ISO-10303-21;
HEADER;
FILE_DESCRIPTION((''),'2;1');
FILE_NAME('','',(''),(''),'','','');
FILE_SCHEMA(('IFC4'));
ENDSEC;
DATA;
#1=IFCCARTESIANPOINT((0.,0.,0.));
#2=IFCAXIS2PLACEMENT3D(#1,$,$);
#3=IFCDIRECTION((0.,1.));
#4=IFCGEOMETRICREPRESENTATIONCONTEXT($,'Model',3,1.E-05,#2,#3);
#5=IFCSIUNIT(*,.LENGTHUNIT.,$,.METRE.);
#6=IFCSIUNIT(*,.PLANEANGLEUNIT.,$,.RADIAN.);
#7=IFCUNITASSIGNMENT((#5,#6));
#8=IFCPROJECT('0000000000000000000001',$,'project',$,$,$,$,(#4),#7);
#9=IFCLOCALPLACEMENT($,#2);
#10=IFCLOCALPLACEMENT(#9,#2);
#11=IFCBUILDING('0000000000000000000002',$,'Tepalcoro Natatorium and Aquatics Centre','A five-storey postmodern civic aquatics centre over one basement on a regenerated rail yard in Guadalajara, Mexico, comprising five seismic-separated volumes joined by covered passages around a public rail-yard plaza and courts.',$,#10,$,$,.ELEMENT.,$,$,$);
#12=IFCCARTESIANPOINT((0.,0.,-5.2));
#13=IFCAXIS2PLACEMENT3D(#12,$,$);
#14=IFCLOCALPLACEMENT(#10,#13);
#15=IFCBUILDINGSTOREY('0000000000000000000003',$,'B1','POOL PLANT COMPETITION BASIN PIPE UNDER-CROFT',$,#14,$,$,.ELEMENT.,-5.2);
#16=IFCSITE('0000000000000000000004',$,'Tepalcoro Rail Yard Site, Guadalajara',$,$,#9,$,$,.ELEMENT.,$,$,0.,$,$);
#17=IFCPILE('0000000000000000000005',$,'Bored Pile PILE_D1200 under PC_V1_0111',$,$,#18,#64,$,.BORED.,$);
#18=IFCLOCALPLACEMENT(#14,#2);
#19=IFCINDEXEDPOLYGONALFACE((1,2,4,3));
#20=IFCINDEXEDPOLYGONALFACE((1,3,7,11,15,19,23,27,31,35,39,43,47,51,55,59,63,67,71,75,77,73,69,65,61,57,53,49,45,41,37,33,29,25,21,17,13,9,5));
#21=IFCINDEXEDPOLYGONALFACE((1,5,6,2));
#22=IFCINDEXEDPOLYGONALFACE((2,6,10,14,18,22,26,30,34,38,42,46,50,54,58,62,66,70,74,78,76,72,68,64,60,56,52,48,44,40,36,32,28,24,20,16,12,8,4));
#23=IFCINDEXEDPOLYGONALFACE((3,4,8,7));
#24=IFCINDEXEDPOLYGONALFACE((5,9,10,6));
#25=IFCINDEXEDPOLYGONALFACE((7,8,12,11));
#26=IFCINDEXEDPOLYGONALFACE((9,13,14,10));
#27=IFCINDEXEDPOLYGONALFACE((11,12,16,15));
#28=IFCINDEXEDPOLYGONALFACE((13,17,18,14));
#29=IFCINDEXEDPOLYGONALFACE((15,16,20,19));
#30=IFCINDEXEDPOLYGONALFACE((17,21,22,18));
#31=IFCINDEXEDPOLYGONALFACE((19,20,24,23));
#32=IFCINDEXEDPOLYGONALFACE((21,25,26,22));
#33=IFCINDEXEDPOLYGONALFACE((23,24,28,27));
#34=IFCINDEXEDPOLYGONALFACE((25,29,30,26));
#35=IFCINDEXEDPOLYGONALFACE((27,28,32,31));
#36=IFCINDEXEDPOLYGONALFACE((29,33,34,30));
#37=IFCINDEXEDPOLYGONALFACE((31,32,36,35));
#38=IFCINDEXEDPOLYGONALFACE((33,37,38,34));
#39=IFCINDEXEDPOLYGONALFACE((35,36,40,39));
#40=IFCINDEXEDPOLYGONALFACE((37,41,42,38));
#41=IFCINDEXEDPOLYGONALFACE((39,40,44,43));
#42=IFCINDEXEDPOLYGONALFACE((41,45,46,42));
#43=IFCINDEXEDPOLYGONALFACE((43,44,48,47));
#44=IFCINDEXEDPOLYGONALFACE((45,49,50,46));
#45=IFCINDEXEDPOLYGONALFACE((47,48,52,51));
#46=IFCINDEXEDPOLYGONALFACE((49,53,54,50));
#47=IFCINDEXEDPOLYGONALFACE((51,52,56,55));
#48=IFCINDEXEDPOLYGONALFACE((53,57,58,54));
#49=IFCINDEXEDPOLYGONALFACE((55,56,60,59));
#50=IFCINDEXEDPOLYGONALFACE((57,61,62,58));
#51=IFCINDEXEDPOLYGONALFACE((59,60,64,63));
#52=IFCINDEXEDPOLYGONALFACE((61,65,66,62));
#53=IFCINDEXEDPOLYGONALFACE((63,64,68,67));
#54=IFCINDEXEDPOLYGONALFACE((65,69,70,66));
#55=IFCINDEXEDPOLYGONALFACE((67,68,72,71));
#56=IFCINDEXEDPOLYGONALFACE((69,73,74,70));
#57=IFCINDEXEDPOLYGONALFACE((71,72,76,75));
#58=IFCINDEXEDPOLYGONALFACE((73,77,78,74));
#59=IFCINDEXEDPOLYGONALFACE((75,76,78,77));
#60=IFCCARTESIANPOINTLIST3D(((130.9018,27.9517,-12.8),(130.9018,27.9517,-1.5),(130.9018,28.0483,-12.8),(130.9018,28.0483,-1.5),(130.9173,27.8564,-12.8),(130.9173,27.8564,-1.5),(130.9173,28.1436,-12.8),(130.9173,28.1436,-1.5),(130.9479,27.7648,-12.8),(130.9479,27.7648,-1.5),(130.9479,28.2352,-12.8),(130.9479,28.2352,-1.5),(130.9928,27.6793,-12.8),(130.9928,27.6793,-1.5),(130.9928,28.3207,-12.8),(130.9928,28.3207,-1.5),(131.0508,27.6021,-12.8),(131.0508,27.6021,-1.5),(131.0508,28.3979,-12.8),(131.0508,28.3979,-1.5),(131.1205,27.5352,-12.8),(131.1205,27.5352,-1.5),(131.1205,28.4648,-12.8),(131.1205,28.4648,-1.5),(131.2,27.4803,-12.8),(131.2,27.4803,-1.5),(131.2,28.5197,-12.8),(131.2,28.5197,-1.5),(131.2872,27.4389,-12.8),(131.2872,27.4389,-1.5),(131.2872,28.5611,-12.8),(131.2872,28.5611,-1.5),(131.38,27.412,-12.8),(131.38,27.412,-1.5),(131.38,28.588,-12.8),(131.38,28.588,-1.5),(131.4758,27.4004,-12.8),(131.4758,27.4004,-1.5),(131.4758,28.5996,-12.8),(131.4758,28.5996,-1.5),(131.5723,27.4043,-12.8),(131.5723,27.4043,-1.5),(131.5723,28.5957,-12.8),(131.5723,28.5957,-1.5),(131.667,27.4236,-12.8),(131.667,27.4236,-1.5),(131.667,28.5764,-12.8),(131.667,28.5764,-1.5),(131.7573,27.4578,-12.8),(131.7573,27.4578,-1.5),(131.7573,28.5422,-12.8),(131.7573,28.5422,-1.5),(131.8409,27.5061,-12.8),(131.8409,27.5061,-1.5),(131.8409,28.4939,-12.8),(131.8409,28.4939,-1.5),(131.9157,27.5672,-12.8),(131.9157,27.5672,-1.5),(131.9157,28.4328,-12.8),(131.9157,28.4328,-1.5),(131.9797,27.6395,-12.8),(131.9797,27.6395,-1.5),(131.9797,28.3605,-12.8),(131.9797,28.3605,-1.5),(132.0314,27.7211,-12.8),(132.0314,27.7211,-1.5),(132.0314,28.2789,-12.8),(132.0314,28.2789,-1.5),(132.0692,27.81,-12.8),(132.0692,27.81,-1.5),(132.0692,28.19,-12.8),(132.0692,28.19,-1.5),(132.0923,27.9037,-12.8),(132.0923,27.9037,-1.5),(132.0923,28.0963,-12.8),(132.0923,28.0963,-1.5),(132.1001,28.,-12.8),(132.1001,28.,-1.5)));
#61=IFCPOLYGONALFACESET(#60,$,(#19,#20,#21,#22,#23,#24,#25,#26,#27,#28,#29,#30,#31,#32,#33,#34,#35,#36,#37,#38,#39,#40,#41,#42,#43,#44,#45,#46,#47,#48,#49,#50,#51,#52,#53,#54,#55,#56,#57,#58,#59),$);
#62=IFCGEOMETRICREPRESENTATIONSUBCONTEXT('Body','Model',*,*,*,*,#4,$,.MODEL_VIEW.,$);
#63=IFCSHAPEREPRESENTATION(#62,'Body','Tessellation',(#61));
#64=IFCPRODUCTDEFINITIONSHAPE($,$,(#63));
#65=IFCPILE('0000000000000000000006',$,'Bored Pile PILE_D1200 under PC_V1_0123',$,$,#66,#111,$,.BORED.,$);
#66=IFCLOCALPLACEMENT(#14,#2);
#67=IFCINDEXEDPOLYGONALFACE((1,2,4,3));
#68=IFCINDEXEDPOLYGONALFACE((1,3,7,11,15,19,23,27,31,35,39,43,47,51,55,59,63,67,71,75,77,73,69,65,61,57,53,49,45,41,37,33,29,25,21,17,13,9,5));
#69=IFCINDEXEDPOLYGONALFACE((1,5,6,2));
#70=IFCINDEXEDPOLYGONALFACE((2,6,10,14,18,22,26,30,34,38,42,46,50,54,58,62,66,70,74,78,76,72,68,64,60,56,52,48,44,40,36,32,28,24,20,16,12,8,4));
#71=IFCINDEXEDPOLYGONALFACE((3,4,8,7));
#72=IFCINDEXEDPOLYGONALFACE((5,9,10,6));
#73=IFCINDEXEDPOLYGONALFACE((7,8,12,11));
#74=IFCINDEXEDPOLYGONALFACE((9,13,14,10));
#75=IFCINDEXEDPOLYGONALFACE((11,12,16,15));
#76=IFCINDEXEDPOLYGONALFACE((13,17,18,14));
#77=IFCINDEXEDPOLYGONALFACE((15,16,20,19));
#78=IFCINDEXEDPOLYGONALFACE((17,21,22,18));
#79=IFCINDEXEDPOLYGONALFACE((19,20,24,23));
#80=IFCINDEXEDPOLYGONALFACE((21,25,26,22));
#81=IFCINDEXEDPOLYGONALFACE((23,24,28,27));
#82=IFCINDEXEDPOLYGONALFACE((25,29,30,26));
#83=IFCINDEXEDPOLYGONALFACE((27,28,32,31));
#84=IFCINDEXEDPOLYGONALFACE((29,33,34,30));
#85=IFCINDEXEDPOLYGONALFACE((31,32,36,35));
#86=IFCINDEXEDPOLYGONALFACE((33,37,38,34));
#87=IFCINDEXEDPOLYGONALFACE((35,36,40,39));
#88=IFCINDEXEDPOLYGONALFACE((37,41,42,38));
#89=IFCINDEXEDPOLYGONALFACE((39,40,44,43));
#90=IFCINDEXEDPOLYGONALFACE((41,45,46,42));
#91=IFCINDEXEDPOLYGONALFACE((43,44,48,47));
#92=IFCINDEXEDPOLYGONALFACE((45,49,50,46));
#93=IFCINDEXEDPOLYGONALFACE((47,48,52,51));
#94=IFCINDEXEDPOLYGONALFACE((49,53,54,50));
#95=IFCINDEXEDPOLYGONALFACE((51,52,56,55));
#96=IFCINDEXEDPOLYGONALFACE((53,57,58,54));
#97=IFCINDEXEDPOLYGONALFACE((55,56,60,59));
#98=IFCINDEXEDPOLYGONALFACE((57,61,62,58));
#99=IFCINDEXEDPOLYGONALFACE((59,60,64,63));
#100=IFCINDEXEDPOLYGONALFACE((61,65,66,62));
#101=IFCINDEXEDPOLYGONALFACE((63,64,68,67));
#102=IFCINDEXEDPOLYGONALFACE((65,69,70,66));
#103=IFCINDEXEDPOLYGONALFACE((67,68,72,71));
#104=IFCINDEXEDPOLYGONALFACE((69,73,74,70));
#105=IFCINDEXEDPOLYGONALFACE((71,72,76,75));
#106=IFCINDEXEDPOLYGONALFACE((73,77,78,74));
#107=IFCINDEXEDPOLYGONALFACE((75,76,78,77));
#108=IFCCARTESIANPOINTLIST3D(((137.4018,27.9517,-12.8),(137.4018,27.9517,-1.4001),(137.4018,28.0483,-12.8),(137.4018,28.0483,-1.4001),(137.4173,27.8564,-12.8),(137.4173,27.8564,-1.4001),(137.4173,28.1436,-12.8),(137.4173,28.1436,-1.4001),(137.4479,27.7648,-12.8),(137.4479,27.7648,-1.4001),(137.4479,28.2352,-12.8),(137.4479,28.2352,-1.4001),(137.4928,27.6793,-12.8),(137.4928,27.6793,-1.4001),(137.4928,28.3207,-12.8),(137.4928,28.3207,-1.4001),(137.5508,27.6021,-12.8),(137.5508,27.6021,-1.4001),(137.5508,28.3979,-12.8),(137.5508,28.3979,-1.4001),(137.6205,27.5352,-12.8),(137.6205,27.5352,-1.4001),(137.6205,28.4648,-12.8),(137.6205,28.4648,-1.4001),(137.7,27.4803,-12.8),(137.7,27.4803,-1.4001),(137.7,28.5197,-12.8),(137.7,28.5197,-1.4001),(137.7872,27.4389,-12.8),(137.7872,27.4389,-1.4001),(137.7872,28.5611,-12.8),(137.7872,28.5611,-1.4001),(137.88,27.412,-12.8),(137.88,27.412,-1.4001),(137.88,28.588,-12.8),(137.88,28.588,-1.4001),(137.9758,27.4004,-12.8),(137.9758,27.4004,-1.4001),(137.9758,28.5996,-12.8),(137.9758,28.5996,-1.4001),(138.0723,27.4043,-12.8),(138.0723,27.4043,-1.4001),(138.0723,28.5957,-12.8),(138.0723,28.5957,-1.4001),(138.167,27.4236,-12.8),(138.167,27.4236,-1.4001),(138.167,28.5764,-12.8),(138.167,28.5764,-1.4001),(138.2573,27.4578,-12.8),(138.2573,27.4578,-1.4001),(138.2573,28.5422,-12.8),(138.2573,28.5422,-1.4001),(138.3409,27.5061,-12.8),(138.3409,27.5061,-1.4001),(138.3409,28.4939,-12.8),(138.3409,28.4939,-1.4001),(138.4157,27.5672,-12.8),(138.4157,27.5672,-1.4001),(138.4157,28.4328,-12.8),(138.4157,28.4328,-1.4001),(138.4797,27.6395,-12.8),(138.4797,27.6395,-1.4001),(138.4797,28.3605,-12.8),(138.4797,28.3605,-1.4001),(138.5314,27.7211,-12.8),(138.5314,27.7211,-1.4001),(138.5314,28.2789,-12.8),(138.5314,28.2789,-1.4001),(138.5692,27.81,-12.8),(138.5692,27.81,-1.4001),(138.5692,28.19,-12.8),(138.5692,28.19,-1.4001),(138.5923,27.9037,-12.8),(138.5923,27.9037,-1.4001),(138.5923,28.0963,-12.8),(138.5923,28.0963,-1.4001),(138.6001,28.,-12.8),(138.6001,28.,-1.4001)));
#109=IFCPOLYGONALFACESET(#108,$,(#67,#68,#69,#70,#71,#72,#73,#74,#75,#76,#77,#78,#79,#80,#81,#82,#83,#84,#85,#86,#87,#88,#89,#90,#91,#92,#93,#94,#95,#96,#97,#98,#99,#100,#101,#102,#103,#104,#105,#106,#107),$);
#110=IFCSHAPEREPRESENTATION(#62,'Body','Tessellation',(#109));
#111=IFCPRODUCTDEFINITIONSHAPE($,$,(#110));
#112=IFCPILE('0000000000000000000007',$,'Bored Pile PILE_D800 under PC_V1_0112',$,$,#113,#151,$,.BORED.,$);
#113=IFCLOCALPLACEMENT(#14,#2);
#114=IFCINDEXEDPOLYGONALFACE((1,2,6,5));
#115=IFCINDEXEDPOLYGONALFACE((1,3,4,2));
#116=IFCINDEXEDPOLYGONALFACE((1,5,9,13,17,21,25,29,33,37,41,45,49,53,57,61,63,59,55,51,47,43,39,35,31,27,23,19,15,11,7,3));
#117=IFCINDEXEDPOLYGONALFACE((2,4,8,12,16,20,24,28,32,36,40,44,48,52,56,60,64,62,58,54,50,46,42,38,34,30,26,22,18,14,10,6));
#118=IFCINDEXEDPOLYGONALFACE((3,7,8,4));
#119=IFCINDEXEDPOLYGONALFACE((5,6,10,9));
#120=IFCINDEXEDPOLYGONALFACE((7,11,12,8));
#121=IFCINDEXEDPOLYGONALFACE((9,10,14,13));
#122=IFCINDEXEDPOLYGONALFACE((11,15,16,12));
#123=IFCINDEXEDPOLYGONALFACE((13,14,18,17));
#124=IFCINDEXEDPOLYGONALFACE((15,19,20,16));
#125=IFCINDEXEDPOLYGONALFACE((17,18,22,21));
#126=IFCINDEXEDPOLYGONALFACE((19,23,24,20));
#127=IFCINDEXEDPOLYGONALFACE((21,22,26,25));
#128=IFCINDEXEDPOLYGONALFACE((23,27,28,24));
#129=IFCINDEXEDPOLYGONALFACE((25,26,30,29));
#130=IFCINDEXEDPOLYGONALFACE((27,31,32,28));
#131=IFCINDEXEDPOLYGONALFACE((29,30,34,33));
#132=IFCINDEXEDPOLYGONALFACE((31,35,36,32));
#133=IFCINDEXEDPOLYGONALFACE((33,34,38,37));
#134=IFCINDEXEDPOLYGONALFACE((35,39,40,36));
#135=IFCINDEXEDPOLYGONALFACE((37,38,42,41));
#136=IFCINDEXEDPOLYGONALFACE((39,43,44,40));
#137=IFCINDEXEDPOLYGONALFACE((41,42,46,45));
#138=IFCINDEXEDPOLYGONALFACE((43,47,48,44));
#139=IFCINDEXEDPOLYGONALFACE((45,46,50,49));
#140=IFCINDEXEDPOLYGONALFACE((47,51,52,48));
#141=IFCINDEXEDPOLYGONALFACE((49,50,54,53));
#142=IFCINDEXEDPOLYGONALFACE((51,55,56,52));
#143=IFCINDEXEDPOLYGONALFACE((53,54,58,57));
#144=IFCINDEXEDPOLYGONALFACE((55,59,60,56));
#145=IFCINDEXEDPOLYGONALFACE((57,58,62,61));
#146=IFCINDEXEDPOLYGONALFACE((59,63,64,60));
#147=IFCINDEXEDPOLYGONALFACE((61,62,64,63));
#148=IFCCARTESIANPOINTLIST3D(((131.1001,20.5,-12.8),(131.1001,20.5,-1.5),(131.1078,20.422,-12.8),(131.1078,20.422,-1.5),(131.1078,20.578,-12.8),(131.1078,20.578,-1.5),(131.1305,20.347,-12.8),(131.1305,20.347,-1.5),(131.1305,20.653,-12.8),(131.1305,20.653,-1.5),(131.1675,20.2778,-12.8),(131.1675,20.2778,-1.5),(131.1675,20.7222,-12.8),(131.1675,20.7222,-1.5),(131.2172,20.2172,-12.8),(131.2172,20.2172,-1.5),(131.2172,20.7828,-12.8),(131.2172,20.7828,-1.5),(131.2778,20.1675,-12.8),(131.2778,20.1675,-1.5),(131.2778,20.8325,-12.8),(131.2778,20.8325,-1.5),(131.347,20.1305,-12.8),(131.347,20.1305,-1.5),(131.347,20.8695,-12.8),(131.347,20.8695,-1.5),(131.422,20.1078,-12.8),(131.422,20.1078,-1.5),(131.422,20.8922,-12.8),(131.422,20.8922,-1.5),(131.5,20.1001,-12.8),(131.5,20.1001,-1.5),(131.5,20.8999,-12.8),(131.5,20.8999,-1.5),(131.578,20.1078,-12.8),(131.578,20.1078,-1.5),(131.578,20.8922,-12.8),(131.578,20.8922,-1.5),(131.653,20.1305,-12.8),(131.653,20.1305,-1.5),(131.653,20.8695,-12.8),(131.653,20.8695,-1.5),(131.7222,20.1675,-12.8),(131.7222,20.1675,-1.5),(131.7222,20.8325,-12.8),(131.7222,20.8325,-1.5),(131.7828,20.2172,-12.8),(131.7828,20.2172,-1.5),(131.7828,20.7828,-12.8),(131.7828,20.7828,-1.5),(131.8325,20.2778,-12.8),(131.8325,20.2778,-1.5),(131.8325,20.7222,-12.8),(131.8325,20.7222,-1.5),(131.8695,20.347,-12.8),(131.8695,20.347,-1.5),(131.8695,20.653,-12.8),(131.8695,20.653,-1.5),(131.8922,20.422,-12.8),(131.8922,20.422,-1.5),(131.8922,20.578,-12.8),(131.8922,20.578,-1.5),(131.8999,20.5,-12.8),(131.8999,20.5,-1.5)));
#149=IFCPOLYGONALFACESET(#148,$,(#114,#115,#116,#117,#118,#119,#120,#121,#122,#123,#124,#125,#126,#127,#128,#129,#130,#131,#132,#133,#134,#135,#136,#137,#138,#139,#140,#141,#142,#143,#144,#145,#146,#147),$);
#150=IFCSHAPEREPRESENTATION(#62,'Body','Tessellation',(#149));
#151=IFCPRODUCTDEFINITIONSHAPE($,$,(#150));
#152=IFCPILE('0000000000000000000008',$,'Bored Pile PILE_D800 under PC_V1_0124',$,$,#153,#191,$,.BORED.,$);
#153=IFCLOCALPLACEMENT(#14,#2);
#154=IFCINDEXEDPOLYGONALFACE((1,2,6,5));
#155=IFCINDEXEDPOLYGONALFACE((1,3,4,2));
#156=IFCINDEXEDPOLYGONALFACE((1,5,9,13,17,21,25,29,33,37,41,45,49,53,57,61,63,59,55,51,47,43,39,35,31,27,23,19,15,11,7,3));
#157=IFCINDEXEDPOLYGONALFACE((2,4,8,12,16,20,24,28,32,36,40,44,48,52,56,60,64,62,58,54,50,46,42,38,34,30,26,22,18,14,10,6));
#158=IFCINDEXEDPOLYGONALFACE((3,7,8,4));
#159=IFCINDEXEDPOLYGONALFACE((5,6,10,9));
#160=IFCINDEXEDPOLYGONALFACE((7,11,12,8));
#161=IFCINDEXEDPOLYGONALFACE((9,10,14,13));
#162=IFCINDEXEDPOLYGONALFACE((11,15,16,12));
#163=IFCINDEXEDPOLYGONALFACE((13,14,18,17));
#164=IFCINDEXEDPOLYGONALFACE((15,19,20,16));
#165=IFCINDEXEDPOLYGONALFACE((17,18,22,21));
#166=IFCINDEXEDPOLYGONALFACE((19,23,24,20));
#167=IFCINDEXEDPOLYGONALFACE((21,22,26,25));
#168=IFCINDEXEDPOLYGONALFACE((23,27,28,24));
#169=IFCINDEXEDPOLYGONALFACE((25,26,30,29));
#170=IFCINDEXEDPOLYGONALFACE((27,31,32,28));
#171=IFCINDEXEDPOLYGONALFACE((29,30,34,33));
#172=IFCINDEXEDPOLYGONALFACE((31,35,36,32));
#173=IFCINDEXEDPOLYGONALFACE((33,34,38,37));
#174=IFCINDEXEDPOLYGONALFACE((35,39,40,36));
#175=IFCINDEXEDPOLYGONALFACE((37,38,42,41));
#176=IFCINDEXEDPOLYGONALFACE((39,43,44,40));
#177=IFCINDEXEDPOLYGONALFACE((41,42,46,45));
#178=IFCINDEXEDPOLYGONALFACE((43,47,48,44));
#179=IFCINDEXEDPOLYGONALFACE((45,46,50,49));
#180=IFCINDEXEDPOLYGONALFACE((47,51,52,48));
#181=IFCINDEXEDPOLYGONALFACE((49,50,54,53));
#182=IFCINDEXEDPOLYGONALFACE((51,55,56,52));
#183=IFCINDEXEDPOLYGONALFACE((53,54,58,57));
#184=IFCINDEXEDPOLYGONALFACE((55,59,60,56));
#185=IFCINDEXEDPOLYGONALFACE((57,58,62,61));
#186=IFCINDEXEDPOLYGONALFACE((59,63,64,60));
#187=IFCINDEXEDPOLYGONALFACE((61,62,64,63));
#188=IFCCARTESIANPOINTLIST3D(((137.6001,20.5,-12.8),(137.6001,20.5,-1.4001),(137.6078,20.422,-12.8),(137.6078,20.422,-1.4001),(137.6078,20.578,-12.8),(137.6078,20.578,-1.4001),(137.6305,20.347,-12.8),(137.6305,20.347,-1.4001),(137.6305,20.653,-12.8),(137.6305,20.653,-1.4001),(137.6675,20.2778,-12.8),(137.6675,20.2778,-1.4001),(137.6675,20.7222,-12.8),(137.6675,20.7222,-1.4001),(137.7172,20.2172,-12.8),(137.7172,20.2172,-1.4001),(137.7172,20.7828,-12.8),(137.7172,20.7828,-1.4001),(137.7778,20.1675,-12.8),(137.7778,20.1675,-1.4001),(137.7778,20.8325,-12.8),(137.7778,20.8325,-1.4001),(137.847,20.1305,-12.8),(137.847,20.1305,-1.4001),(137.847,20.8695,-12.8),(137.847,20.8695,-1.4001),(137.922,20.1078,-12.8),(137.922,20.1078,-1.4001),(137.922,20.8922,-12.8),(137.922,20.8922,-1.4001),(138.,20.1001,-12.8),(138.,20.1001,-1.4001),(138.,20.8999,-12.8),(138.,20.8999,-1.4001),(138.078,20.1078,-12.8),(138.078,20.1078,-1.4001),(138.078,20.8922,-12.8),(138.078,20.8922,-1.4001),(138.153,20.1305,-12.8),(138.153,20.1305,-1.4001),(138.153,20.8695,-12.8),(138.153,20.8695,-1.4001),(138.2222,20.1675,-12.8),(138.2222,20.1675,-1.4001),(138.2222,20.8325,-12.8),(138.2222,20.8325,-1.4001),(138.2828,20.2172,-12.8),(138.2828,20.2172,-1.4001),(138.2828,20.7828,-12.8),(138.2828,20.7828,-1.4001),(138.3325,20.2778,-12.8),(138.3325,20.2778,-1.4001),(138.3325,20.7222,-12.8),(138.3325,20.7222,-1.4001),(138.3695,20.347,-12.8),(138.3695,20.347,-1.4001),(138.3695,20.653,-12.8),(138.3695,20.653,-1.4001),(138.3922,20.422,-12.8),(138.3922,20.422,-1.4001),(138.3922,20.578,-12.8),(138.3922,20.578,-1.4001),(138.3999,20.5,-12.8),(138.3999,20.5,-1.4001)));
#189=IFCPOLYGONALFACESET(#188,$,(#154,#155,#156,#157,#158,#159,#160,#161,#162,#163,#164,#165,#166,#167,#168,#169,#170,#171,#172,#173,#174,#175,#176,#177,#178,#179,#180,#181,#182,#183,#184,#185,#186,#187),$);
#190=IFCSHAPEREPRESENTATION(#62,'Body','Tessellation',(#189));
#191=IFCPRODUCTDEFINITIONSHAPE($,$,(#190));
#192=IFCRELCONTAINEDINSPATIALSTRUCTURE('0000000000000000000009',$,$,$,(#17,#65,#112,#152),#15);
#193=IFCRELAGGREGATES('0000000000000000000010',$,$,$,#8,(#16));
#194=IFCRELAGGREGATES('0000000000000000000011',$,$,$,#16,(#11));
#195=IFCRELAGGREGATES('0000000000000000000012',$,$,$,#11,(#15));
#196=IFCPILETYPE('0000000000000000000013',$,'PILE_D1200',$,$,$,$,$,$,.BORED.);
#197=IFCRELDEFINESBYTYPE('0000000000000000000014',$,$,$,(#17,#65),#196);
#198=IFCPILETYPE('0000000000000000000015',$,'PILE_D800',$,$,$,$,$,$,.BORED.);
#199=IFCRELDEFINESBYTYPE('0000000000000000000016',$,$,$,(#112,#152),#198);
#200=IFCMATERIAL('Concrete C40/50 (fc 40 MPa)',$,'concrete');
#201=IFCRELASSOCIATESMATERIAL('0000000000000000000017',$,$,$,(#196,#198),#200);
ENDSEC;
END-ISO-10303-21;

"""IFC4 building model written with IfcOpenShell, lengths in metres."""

from ifc_helpers import new_model, si_unit, direction, frame, origin, origin_2d, place, context, subcontext, project, spatial, circle, extrude, material, material_profile, profile_set, type_object, element, save


model = new_model("IFC4")

# Units and contexts
model_context = context("Model", 3, precision=1e-05, world=origin(), true_north=direction((0.0, 1.0)))
body_context = subcontext(model_context, "Body", "Model", "MODEL_VIEW")
ifc_project = project(units=[si_unit("LENGTHUNIT", "METRE"), si_unit("PLANEANGLEUNIT", "RADIAN")], contexts=[model_context])

# Site, building, storey
site_placement = place(None, origin())
site = spatial("IfcSite", under=ifc_project, at=site_placement, Name="Tepalcoro Rail Yard Site, Guadalajara", CompositionType="ELEMENT", RefElevation=0.0)
building_placement = place(site_placement, origin())
building = spatial("IfcBuilding", under=site, at=building_placement, Name="Tepalcoro Natatorium and Aquatics Centre", Description="A five-storey postmodern civic aquatics centre over one basement on a regenerated rail yard in Guadalajara, Mexico, comprising five seismic-separated volumes joined by covered passages around a public rail-yard plaza and courts.", CompositionType="ELEMENT")
storey_placement = place(building_placement, frame((0.0, 0.0, -5.2)))
storey = spatial("IfcBuildingStorey", under=building, at=storey_placement, Name="B1", Description="POOL PLANT COMPETITION BASIN PIPE UNDER-CROFT", CompositionType="ELEMENT", Elevation=-5.2)

# Piles
ifc_material = material(Name="Concrete C40/50 (fc 40 MPa)", Category="concrete")
ifc_material_profile_1 = material_profile(ifc_material, circle(Radius=0.6001, at=origin_2d()), Name="PILE_D1200")
ifc_profile_set_1 = profile_set([ifc_material_profile_1], Name="Concrete C40/50 (fc 40 MPa)")
pile_type_1 = type_object("IfcPileType", Name="PILE_D1200", PredefinedType="BORED", material=ifc_profile_set_1)
pile_1_placement = place(storey_placement, frame((131.5, 28.0, -1.5), z_axis=(0.0, 0.0, -1.0), x_axis=(1.0, 0.0, 0.0)))
element("IfcPile", 1, at=pile_1_placement, inside=storey, type_object=pile_type_1, Name="Bored Pile PILE_D1200 under PC_V1_0111", PredefinedType="BORED", context=body_context, shape_type="SweptSolid", body=[
    extrude(circle(Radius=0.6001, at=origin_2d()), origin(), (0.0, 0.0, 1.0), 11.3),
])
pile_2_placement = place(storey_placement, frame((138.0, 28.0, -1.4001), z_axis=(0.0, 0.0, -1.0), x_axis=(1.0, 0.0, 0.0)))
element("IfcPile", 2, at=pile_2_placement, inside=storey, type_object=pile_type_1, Name="Bored Pile PILE_D1200 under PC_V1_0123", PredefinedType="BORED", context=body_context, shape_type="SweptSolid", body=[
    extrude(circle(Radius=0.6001, at=origin_2d()), origin(), (0.0, 0.0, 1.0), 11.3999),
])
ifc_material_profile_2 = material_profile(ifc_material, circle(Radius=0.3999, at=origin_2d()), Name="PILE_D800")
ifc_profile_set_2 = profile_set([ifc_material_profile_2], Name="Concrete C40/50 (fc 40 MPa)")
pile_type_2 = type_object("IfcPileType", Name="PILE_D800", PredefinedType="BORED", material=ifc_profile_set_2)
pile_3_placement = place(storey_placement, frame((131.5, 20.5, -1.5), z_axis=(0.0, 0.0, -1.0), x_axis=(1.0, 0.0, 0.0)))
element("IfcPile", 3, at=pile_3_placement, inside=storey, type_object=pile_type_2, Name="Bored Pile PILE_D800 under PC_V1_0112", PredefinedType="BORED", context=body_context, shape_type="SweptSolid", body=[
    extrude(circle(Radius=0.3999, at=origin_2d()), origin(), (0.0, 0.0, 1.0), 11.3),
])
pile_4_placement = place(storey_placement, frame((138.0, 20.5, -1.4001), z_axis=(0.0, 0.0, -1.0), x_axis=(1.0, 0.0, 0.0)))
element("IfcPile", 4, at=pile_4_placement, inside=storey, type_object=pile_type_2, Name="Bored Pile PILE_D800 under PC_V1_0124", PredefinedType="BORED", context=body_context, shape_type="SweptSolid", body=[
    extrude(circle(Radius=0.3999, at=origin_2d()), origin(), (0.0, 0.0, 1.0), 11.3999),
])

save(model, "model.ifc")
